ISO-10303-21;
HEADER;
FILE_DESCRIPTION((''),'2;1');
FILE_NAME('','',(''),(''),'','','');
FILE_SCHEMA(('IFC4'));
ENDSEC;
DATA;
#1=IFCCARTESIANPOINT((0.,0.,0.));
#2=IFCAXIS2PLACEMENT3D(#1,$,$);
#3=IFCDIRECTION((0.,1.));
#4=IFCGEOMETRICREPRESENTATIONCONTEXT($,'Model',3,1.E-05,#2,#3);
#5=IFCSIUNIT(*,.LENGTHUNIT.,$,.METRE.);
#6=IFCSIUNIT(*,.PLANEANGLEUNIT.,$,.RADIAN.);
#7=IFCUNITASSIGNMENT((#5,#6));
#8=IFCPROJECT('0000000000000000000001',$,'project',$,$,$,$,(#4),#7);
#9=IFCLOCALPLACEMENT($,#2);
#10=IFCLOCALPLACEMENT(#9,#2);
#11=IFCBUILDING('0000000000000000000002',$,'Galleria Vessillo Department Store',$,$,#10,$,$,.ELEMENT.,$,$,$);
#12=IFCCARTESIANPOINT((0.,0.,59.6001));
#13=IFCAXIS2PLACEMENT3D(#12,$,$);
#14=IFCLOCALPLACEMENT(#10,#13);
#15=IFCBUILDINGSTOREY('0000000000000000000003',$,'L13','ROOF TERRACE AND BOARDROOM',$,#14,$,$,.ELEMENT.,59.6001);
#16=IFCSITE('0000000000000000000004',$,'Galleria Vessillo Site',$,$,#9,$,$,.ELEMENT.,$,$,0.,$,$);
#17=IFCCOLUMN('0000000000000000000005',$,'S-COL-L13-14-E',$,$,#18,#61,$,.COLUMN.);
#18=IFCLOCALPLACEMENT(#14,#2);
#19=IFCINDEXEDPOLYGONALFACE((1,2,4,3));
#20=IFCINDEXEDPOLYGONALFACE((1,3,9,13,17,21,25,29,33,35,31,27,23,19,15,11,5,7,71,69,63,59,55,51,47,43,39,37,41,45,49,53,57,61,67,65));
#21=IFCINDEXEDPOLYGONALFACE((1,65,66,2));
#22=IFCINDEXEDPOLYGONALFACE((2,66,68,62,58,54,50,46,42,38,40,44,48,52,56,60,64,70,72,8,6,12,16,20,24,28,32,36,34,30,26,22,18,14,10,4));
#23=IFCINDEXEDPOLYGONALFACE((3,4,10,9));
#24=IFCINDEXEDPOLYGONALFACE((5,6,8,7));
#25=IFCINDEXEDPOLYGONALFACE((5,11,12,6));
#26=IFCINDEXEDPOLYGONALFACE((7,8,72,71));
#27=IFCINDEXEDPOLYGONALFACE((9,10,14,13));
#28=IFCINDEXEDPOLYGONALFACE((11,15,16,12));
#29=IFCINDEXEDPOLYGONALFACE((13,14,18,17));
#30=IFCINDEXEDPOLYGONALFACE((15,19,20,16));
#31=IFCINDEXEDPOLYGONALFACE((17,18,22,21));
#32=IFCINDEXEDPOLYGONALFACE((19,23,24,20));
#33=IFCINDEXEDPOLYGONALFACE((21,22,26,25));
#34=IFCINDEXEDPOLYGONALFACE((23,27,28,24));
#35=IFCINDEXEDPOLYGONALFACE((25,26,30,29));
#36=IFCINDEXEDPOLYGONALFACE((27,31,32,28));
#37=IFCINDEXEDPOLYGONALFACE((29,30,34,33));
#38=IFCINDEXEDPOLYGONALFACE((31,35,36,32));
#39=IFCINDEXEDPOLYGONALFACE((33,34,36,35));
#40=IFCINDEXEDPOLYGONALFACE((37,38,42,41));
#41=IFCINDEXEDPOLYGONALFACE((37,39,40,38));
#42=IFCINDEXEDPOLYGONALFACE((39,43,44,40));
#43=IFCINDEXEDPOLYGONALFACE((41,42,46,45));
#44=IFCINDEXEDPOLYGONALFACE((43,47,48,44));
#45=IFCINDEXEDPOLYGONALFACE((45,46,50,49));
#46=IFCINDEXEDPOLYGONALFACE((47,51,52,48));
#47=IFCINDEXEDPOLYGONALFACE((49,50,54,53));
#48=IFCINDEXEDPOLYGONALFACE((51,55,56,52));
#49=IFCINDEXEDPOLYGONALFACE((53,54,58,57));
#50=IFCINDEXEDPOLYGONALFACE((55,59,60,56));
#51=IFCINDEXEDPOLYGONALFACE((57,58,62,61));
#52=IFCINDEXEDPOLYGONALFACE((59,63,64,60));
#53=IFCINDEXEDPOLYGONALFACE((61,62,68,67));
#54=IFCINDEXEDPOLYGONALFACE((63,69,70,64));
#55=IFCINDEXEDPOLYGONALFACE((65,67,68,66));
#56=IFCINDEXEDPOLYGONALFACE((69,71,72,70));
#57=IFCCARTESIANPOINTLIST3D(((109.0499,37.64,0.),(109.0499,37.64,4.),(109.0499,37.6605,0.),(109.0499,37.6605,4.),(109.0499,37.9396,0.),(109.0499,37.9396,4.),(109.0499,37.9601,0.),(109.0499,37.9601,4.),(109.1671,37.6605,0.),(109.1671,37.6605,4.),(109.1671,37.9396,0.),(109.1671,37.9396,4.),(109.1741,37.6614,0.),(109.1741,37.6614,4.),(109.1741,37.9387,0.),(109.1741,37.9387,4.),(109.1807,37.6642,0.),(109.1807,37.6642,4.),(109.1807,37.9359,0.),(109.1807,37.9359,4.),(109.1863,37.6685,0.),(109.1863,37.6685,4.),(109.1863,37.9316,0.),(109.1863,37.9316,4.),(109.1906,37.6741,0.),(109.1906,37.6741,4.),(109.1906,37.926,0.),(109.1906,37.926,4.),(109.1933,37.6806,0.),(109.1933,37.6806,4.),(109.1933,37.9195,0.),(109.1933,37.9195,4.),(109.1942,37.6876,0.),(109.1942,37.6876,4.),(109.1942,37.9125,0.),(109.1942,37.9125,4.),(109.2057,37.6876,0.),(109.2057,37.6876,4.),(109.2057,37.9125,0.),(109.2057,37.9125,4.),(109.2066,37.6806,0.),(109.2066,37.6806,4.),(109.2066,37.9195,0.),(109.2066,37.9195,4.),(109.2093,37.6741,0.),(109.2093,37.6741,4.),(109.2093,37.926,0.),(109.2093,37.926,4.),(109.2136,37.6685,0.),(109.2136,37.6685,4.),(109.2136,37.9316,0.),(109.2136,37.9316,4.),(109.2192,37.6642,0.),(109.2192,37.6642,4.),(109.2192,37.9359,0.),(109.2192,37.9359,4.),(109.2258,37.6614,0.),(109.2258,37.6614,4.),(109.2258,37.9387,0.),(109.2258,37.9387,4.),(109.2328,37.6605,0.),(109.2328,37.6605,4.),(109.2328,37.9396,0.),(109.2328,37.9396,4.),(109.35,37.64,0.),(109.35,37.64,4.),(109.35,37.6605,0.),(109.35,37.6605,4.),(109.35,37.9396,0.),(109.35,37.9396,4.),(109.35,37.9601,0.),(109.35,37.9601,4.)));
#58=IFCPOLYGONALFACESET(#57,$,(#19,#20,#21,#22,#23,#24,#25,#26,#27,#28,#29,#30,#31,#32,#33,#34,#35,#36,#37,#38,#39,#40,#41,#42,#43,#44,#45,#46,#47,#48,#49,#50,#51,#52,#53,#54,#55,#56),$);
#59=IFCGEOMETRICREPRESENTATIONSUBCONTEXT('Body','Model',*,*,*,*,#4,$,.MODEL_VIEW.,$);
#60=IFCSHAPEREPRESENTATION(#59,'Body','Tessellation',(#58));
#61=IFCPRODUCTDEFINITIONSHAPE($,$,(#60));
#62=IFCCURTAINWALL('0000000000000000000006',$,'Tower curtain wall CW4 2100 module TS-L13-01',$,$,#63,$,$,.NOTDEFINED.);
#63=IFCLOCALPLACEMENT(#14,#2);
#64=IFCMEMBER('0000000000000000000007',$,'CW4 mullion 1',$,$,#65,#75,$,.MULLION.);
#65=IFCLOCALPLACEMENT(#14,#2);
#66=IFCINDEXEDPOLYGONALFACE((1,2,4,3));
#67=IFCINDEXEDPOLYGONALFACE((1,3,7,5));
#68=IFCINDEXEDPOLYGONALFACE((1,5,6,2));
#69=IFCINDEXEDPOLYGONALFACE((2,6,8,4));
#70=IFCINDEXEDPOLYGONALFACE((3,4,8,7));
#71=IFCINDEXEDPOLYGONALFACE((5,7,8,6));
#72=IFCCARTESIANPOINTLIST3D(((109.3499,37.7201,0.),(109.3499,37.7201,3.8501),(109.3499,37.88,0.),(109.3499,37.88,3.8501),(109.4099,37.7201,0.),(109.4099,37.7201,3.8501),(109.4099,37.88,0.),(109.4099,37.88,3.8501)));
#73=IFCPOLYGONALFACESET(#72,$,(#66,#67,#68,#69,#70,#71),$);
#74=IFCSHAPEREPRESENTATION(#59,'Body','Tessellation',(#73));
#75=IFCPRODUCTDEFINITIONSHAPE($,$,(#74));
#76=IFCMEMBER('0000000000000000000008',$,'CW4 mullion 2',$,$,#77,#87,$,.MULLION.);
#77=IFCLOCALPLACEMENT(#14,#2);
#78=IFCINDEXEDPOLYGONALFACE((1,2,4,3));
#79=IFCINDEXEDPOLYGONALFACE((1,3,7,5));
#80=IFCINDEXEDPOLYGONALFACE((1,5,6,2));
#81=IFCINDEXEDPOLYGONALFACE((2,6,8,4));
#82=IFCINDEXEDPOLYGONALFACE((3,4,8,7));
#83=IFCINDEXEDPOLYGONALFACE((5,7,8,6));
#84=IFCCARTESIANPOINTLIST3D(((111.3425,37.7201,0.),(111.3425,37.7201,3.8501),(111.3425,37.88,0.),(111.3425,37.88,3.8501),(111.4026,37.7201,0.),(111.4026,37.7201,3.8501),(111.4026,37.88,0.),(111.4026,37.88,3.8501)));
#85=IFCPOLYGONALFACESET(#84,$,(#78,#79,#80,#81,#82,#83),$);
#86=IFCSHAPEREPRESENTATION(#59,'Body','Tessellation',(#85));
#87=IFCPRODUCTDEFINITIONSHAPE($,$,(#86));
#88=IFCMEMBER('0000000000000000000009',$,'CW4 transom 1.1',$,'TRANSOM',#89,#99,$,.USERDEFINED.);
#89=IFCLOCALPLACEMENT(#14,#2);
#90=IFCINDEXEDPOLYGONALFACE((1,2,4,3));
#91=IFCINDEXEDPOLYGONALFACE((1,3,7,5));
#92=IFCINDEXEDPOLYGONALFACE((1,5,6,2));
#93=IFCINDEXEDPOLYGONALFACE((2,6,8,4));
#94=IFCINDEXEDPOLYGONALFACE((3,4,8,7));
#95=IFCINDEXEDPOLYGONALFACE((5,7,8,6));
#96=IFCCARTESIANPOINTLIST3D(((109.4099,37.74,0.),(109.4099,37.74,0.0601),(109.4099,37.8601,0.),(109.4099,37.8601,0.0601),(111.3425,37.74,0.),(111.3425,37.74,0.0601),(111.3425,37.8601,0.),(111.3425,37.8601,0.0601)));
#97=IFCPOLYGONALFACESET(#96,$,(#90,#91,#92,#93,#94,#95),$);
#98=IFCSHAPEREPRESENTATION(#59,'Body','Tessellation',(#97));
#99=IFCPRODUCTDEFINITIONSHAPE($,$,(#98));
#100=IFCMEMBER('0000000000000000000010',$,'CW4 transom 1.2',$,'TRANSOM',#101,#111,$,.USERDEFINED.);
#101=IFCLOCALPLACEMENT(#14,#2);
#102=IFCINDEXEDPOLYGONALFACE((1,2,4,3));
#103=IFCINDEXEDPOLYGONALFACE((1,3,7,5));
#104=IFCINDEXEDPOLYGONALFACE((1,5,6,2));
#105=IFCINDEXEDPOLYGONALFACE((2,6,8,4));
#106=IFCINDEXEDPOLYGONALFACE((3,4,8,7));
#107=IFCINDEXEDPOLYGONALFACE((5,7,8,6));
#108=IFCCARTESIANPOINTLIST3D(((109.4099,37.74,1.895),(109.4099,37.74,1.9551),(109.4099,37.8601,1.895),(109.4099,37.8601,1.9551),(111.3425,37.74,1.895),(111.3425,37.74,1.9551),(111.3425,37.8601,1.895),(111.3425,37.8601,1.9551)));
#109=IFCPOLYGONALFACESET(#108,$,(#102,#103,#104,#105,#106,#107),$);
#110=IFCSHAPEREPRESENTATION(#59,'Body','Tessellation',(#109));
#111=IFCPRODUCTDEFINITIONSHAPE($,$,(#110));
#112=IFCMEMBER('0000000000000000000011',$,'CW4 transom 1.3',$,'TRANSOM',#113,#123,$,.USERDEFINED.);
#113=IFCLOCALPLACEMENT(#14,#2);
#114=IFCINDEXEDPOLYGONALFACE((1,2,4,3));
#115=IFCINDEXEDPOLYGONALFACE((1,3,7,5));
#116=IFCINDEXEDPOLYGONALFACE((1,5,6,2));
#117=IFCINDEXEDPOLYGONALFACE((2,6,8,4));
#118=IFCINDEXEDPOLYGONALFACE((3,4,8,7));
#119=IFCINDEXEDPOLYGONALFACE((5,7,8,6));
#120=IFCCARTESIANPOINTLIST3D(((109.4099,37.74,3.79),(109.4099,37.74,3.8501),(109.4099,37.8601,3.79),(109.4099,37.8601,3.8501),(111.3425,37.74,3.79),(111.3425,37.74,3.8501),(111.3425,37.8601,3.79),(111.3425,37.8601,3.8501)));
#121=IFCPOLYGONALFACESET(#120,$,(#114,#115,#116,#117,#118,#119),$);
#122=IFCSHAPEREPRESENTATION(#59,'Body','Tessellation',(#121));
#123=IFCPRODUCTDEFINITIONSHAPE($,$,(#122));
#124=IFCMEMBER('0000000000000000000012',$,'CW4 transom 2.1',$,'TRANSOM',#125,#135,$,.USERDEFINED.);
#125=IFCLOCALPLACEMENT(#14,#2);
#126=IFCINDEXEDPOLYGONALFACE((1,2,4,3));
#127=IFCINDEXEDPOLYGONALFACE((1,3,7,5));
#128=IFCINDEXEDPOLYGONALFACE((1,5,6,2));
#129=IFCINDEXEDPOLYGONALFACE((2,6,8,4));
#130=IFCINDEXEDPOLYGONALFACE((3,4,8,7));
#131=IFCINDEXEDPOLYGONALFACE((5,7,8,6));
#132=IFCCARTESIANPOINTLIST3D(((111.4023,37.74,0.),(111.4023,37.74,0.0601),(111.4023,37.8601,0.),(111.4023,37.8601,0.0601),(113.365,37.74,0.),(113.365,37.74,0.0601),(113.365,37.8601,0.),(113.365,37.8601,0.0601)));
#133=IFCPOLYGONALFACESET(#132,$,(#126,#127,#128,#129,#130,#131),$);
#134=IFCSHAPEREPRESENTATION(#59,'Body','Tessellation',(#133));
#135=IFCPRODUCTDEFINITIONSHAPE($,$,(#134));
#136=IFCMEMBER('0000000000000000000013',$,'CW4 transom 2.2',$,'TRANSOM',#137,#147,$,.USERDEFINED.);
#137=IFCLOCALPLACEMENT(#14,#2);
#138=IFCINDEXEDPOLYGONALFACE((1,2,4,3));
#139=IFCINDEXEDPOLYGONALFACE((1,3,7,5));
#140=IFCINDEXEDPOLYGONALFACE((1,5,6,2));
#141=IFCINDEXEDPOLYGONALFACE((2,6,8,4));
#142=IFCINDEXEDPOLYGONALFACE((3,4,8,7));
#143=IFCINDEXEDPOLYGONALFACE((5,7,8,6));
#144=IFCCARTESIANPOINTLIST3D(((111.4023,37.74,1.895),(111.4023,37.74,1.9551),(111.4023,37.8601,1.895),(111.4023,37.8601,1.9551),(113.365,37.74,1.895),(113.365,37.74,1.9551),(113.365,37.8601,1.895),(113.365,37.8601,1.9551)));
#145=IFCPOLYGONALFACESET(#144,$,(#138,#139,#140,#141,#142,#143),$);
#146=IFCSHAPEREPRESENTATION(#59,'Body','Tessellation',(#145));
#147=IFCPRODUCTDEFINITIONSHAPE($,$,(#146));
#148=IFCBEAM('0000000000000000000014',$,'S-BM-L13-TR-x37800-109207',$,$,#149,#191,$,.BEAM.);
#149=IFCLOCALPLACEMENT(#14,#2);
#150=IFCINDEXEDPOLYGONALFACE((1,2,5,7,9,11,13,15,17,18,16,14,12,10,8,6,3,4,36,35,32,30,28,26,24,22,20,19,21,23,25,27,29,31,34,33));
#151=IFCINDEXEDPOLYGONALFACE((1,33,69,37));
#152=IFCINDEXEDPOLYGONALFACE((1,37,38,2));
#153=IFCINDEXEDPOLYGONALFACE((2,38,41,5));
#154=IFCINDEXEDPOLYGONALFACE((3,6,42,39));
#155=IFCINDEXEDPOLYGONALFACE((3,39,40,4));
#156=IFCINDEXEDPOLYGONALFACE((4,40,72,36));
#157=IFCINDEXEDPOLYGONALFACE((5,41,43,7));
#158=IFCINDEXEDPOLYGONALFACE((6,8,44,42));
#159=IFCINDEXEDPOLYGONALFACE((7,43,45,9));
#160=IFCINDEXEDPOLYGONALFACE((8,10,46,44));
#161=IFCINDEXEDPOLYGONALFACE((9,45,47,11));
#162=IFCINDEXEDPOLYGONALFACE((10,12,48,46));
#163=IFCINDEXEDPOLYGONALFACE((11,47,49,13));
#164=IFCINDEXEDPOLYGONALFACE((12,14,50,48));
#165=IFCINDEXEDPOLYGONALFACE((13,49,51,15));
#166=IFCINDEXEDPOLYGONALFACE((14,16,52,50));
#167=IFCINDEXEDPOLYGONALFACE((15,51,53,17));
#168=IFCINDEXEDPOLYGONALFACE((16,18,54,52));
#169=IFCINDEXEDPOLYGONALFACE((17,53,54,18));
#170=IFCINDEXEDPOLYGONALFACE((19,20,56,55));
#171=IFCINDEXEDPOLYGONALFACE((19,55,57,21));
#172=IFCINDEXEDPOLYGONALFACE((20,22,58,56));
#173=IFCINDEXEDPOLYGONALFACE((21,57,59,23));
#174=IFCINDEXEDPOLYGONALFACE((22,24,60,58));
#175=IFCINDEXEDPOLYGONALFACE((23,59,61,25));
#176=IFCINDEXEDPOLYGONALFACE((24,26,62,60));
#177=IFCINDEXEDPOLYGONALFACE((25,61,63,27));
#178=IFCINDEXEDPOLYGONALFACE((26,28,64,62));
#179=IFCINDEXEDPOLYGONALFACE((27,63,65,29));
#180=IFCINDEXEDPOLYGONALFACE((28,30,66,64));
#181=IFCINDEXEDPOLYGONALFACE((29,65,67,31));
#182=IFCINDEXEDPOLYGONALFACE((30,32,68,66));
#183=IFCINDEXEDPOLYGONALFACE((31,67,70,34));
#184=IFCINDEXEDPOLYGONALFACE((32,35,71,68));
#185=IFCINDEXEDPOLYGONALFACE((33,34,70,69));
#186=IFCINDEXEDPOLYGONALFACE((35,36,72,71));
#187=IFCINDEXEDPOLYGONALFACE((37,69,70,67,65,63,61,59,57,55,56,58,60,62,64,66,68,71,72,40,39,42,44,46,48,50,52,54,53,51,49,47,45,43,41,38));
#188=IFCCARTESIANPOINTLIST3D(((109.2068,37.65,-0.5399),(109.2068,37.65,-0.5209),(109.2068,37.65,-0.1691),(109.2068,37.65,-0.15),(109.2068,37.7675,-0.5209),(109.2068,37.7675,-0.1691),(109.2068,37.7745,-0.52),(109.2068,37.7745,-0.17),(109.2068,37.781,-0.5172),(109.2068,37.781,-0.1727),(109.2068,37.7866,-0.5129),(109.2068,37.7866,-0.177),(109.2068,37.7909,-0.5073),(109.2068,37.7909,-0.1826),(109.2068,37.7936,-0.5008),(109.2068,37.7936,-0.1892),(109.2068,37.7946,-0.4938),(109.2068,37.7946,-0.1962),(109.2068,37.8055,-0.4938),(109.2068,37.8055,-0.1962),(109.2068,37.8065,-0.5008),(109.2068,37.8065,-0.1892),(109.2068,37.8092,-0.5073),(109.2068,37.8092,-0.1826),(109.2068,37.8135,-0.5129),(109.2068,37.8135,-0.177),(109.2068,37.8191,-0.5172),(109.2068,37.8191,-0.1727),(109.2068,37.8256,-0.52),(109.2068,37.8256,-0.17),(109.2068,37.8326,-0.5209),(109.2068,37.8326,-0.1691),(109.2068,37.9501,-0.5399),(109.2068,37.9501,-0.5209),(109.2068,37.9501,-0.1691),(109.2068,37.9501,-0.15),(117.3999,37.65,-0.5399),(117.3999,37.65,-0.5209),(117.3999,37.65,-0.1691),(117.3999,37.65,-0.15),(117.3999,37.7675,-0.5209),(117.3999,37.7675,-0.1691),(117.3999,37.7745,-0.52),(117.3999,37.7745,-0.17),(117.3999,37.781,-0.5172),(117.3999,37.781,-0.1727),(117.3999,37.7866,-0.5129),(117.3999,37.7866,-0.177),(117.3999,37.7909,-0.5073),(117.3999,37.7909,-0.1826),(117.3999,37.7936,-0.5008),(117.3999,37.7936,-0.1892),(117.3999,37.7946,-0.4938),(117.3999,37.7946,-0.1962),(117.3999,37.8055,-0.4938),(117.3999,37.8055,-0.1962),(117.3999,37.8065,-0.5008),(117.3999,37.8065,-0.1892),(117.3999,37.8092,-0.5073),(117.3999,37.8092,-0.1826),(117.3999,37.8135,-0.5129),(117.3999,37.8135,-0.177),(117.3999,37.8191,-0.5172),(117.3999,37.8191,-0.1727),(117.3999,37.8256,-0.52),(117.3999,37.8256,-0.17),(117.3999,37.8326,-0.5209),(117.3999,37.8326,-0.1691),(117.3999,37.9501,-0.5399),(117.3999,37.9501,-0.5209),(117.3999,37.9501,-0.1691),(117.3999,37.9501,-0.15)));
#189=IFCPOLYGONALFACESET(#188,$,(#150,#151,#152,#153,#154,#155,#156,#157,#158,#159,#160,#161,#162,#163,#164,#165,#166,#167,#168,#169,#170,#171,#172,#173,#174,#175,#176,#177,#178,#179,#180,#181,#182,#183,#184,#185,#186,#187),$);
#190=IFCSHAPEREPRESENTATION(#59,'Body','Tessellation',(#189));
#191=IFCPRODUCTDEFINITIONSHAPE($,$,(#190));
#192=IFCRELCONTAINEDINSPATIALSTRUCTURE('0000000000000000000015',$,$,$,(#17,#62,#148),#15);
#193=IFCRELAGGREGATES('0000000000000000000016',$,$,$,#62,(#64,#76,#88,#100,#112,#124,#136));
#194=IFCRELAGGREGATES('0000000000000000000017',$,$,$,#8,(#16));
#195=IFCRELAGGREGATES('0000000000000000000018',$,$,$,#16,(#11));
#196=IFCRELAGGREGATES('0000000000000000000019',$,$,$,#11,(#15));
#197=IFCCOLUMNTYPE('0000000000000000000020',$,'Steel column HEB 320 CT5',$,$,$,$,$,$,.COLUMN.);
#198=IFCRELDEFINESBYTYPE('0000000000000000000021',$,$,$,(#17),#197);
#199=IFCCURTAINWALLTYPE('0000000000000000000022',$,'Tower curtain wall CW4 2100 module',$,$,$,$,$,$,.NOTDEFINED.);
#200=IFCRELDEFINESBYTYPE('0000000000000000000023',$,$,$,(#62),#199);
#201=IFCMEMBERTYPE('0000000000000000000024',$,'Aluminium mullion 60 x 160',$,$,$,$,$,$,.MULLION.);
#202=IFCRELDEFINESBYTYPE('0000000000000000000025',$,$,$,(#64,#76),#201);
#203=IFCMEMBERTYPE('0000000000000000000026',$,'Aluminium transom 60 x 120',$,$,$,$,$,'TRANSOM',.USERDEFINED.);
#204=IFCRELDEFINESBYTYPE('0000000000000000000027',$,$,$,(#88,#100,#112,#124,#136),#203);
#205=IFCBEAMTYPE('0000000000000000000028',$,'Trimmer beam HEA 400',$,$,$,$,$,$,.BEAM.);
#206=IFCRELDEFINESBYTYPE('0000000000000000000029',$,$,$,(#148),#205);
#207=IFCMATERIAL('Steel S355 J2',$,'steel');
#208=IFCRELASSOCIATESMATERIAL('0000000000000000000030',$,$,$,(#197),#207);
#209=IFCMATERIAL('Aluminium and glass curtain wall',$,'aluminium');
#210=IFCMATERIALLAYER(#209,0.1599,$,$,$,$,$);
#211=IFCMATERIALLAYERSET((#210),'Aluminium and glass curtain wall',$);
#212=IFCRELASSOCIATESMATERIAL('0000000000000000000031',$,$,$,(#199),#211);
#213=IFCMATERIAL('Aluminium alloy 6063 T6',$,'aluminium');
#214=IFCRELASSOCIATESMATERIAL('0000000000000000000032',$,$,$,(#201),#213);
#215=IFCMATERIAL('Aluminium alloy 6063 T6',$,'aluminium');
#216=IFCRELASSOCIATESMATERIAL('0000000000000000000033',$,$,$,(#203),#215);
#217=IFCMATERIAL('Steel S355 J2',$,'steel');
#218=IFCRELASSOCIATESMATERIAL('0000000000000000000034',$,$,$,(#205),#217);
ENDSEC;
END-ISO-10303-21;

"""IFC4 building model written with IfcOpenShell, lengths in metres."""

from ifc_helpers import new_model, si_unit, direction, frame, origin, origin_2d, place, context, subcontext, project, spatial, rectangle, i_section, extrude, material, layer, layer_set, material_profile, profile_set, type_object, element, aggregate, save


model = new_model("IFC4")

# Units and contexts
model_context = context("Model", 3, precision=1e-05, world=origin(), true_north=direction((0.0, 1.0)))
body_context = subcontext(model_context, "Body", "Model", "MODEL_VIEW")
ifc_project = project(units=[si_unit("LENGTHUNIT", "METRE"), si_unit("PLANEANGLEUNIT", "RADIAN")], contexts=[model_context])

# Site, building, storey
site_placement = place(None, origin())
site = spatial("IfcSite", under=ifc_project, at=site_placement, Name="Galleria Vessillo Site", CompositionType="ELEMENT", RefElevation=0.0)
building_placement = place(site_placement, origin())
building = spatial("IfcBuilding", under=site, at=building_placement, Name="Galleria Vessillo Department Store", CompositionType="ELEMENT")
storey_placement = place(building_placement, frame((0.0, 0.0, 59.6001)))
storey = spatial("IfcBuildingStorey", under=building, at=storey_placement, Name="L13", Description="ROOF TERRACE AND BOARDROOM", CompositionType="ELEMENT", Elevation=59.6001)

# Column
ifc_material_1 = material(Name="Steel S355 J2", Category="steel")
ifc_material_profile_1 = material_profile(ifc_material_1, i_section(OverallWidth=0.3, OverallDepth=0.3201, WebThickness=0.0115, FlangeThickness=0.0205, FilletRadius=0.0271, at=origin_2d()), Name="HEB 320")
ifc_profile_set_1 = profile_set([ifc_material_profile_1], Name="Steel S355 J2")
column_type = type_object("IfcColumnType", Name="Steel column HEB 320 CT5", PredefinedType="COLUMN", material=ifc_profile_set_1)
column_placement = place(storey_placement, frame((109.2, 37.8, 0.0), z_axis=(0.0, 0.0, 1.0), x_axis=(1.0, 0.0, 0.0)))
element("IfcColumn", 1, at=column_placement, inside=storey, type_object=column_type, Name="S-COL-L13-14-E", PredefinedType="COLUMN", context=body_context, shape_type="SweptSolid", body=[
    extrude(i_section(OverallWidth=0.3, OverallDepth=0.3201, WebThickness=0.0115, FlangeThickness=0.0205, FilletRadius=0.0271, at=origin_2d()), origin(), (0.0, 0.0, 1.0), 4.0),
])

# Curtain wall, members
ifc_material_2 = material(Name="Aluminium and glass curtain wall", Category="aluminium")
ifc_layer_1 = layer(ifc_material_2, 0.1599)
ifc_layer_set_1 = layer_set([ifc_layer_1], Name="Aluminium and glass curtain wall")
curtain_wall_type = type_object("IfcCurtainWallType", Name="Tower curtain wall CW4 2100 module", PredefinedType="NOTDEFINED", material=ifc_layer_set_1)
curtain_wall_placement = place(storey_placement, origin())
curtain_wall = element("IfcCurtainWall", 2, at=curtain_wall_placement, inside=storey, type_object=curtain_wall_type, Name="Tower curtain wall CW4 2100 module TS-L13-01", PredefinedType="NOTDEFINED")
ifc_material_3 = material(Name="Aluminium alloy 6063 T6", Category="aluminium")
ifc_material_profile_2 = material_profile(ifc_material_3, rectangle(XDim=0.1599, YDim=0.0601, at=origin_2d()), Name="AL 60x160")
ifc_profile_set_2 = profile_set([ifc_material_profile_2], Name="Aluminium alloy 6063 T6")
member_type_1 = type_object("IfcMemberType", Name="Aluminium mullion 60 x 160", PredefinedType="MULLION", material=ifc_profile_set_2)
member_1_placement = place(storey_placement, frame((109.3799, 37.8, 0.0), z_axis=(0.0, 0.0, 1.0), x_axis=(0.0, 1.0, 0.0)))
member_1 = element("IfcMember", 3, at=member_1_placement, type_object=member_type_1, Name="CW4 mullion 1", PredefinedType="MULLION", context=body_context, shape_type="SweptSolid", body=[
    extrude(rectangle(XDim=0.1599, YDim=0.0601, at=origin_2d()), origin(), (0.0, 0.0, 1.0), 3.8501),
])
member_2_placement = place(storey_placement, frame((111.3726, 37.8, 0.0), z_axis=(0.0, 0.0, 1.0), x_axis=(0.0, 1.0, 0.0)))
member_2 = element("IfcMember", 4, at=member_2_placement, type_object=member_type_1, Name="CW4 mullion 2", PredefinedType="MULLION", context=body_context, shape_type="SweptSolid", body=[
    extrude(rectangle(XDim=0.1599, YDim=0.0601, at=origin_2d()), origin(), (0.0, 0.0, 1.0), 3.8501),
])
ifc_material_4 = material(Name="Aluminium alloy 6063 T6", Category="aluminium")
ifc_material_profile_3 = material_profile(ifc_material_4, rectangle(XDim=0.1201, YDim=0.0601, at=origin_2d()), Name="AL 60x120")
ifc_profile_set_3 = profile_set([ifc_material_profile_3], Name="Aluminium alloy 6063 T6")
member_type_2 = type_object("IfcMemberType", Name="Aluminium transom 60 x 120", ElementType="TRANSOM", PredefinedType="USERDEFINED", material=ifc_profile_set_3)
member_3_placement = place(storey_placement, frame((109.4099, 37.8, 0.03), z_axis=(1.0, 0.0, 0.0), x_axis=(0.0, 1.0, 0.0)))
member_3 = element("IfcMember", 5, at=member_3_placement, type_object=member_type_2, Name="CW4 transom 1.1", ObjectType="TRANSOM", PredefinedType="USERDEFINED", context=body_context, shape_type="SweptSolid", body=[
    extrude(rectangle(XDim=0.1201, YDim=0.0601, at=origin_2d()), origin(), (0.0, 0.0, 1.0), 1.9326),
])
member_4_placement = place(storey_placement, frame((109.4099, 37.8, 1.925), z_axis=(1.0, 0.0, 0.0), x_axis=(0.0, 1.0, 0.0)))
member_4 = element("IfcMember", 6, at=member_4_placement, type_object=member_type_2, Name="CW4 transom 1.2", ObjectType="TRANSOM", PredefinedType="USERDEFINED", context=body_context, shape_type="SweptSolid", body=[
    extrude(rectangle(XDim=0.1201, YDim=0.0601, at=origin_2d()), origin(), (0.0, 0.0, 1.0), 1.9326),
])
member_5_placement = place(storey_placement, frame((109.4099, 37.8, 3.8201), z_axis=(1.0, 0.0, 0.0), x_axis=(0.0, 1.0, 0.0)))
member_5 = element("IfcMember", 7, at=member_5_placement, type_object=member_type_2, Name="CW4 transom 1.3", ObjectType="TRANSOM", PredefinedType="USERDEFINED", context=body_context, shape_type="SweptSolid", body=[
    extrude(rectangle(XDim=0.1201, YDim=0.0601, at=origin_2d()), origin(), (0.0, 0.0, 1.0), 1.9326),
])
member_6_placement = place(storey_placement, frame((111.4023, 37.8, 0.03), z_axis=(1.0, 0.0, 0.0), x_axis=(0.0, 1.0, 0.0)))
member_6 = element("IfcMember", 8, at=member_6_placement, type_object=member_type_2, Name="CW4 transom 2.1", ObjectType="TRANSOM", PredefinedType="USERDEFINED", context=body_context, shape_type="SweptSolid", body=[
    extrude(rectangle(XDim=0.1201, YDim=0.0601, at=origin_2d()), origin(), (0.0, 0.0, 1.0), 1.9626),
])
member_7_placement = place(storey_placement, frame((111.4023, 37.8, 1.925), z_axis=(1.0, 0.0, 0.0), x_axis=(0.0, 1.0, 0.0)))
member_7 = element("IfcMember", 9, at=member_7_placement, type_object=member_type_2, Name="CW4 transom 2.2", ObjectType="TRANSOM", PredefinedType="USERDEFINED", context=body_context, shape_type="SweptSolid", body=[
    extrude(rectangle(XDim=0.1201, YDim=0.0601, at=origin_2d()), origin(), (0.0, 0.0, 1.0), 1.9626),
])

# Beam
ifc_material_5 = material(Name="Steel S355 J2", Category="steel")
ifc_material_profile_4 = material_profile(ifc_material_5, i_section(OverallWidth=0.3, OverallDepth=0.3899, WebThickness=0.011, FlangeThickness=0.019, FilletRadius=0.0271, at=origin_2d()), Name="HEA 400")
ifc_profile_set_4 = profile_set([ifc_material_profile_4], Name="Steel S355 J2")
beam_type = type_object("IfcBeamType", Name="Trimmer beam HEA 400", PredefinedType="BEAM", material=ifc_profile_set_4)
beam_placement = place(storey_placement, frame((109.2068, 37.8, -0.345), z_axis=(1.0, 0.0, 0.0), x_axis=(0.0, 1.0, 0.0)))
element("IfcBeam", 10, at=beam_placement, inside=storey, type_object=beam_type, Name="S-BM-L13-TR-x37800-109207", PredefinedType="BEAM", context=body_context, shape_type="SweptSolid", body=[
    extrude(i_section(OverallWidth=0.3, OverallDepth=0.3899, WebThickness=0.011, FlangeThickness=0.019, FilletRadius=0.0271, at=origin_2d()), origin(), (0.0, 0.0, 1.0), 8.1931),
])

aggregate(curtain_wall, [member_1, member_2, member_3, member_4, member_5, member_6, member_7])

save(model, "model.ifc")
